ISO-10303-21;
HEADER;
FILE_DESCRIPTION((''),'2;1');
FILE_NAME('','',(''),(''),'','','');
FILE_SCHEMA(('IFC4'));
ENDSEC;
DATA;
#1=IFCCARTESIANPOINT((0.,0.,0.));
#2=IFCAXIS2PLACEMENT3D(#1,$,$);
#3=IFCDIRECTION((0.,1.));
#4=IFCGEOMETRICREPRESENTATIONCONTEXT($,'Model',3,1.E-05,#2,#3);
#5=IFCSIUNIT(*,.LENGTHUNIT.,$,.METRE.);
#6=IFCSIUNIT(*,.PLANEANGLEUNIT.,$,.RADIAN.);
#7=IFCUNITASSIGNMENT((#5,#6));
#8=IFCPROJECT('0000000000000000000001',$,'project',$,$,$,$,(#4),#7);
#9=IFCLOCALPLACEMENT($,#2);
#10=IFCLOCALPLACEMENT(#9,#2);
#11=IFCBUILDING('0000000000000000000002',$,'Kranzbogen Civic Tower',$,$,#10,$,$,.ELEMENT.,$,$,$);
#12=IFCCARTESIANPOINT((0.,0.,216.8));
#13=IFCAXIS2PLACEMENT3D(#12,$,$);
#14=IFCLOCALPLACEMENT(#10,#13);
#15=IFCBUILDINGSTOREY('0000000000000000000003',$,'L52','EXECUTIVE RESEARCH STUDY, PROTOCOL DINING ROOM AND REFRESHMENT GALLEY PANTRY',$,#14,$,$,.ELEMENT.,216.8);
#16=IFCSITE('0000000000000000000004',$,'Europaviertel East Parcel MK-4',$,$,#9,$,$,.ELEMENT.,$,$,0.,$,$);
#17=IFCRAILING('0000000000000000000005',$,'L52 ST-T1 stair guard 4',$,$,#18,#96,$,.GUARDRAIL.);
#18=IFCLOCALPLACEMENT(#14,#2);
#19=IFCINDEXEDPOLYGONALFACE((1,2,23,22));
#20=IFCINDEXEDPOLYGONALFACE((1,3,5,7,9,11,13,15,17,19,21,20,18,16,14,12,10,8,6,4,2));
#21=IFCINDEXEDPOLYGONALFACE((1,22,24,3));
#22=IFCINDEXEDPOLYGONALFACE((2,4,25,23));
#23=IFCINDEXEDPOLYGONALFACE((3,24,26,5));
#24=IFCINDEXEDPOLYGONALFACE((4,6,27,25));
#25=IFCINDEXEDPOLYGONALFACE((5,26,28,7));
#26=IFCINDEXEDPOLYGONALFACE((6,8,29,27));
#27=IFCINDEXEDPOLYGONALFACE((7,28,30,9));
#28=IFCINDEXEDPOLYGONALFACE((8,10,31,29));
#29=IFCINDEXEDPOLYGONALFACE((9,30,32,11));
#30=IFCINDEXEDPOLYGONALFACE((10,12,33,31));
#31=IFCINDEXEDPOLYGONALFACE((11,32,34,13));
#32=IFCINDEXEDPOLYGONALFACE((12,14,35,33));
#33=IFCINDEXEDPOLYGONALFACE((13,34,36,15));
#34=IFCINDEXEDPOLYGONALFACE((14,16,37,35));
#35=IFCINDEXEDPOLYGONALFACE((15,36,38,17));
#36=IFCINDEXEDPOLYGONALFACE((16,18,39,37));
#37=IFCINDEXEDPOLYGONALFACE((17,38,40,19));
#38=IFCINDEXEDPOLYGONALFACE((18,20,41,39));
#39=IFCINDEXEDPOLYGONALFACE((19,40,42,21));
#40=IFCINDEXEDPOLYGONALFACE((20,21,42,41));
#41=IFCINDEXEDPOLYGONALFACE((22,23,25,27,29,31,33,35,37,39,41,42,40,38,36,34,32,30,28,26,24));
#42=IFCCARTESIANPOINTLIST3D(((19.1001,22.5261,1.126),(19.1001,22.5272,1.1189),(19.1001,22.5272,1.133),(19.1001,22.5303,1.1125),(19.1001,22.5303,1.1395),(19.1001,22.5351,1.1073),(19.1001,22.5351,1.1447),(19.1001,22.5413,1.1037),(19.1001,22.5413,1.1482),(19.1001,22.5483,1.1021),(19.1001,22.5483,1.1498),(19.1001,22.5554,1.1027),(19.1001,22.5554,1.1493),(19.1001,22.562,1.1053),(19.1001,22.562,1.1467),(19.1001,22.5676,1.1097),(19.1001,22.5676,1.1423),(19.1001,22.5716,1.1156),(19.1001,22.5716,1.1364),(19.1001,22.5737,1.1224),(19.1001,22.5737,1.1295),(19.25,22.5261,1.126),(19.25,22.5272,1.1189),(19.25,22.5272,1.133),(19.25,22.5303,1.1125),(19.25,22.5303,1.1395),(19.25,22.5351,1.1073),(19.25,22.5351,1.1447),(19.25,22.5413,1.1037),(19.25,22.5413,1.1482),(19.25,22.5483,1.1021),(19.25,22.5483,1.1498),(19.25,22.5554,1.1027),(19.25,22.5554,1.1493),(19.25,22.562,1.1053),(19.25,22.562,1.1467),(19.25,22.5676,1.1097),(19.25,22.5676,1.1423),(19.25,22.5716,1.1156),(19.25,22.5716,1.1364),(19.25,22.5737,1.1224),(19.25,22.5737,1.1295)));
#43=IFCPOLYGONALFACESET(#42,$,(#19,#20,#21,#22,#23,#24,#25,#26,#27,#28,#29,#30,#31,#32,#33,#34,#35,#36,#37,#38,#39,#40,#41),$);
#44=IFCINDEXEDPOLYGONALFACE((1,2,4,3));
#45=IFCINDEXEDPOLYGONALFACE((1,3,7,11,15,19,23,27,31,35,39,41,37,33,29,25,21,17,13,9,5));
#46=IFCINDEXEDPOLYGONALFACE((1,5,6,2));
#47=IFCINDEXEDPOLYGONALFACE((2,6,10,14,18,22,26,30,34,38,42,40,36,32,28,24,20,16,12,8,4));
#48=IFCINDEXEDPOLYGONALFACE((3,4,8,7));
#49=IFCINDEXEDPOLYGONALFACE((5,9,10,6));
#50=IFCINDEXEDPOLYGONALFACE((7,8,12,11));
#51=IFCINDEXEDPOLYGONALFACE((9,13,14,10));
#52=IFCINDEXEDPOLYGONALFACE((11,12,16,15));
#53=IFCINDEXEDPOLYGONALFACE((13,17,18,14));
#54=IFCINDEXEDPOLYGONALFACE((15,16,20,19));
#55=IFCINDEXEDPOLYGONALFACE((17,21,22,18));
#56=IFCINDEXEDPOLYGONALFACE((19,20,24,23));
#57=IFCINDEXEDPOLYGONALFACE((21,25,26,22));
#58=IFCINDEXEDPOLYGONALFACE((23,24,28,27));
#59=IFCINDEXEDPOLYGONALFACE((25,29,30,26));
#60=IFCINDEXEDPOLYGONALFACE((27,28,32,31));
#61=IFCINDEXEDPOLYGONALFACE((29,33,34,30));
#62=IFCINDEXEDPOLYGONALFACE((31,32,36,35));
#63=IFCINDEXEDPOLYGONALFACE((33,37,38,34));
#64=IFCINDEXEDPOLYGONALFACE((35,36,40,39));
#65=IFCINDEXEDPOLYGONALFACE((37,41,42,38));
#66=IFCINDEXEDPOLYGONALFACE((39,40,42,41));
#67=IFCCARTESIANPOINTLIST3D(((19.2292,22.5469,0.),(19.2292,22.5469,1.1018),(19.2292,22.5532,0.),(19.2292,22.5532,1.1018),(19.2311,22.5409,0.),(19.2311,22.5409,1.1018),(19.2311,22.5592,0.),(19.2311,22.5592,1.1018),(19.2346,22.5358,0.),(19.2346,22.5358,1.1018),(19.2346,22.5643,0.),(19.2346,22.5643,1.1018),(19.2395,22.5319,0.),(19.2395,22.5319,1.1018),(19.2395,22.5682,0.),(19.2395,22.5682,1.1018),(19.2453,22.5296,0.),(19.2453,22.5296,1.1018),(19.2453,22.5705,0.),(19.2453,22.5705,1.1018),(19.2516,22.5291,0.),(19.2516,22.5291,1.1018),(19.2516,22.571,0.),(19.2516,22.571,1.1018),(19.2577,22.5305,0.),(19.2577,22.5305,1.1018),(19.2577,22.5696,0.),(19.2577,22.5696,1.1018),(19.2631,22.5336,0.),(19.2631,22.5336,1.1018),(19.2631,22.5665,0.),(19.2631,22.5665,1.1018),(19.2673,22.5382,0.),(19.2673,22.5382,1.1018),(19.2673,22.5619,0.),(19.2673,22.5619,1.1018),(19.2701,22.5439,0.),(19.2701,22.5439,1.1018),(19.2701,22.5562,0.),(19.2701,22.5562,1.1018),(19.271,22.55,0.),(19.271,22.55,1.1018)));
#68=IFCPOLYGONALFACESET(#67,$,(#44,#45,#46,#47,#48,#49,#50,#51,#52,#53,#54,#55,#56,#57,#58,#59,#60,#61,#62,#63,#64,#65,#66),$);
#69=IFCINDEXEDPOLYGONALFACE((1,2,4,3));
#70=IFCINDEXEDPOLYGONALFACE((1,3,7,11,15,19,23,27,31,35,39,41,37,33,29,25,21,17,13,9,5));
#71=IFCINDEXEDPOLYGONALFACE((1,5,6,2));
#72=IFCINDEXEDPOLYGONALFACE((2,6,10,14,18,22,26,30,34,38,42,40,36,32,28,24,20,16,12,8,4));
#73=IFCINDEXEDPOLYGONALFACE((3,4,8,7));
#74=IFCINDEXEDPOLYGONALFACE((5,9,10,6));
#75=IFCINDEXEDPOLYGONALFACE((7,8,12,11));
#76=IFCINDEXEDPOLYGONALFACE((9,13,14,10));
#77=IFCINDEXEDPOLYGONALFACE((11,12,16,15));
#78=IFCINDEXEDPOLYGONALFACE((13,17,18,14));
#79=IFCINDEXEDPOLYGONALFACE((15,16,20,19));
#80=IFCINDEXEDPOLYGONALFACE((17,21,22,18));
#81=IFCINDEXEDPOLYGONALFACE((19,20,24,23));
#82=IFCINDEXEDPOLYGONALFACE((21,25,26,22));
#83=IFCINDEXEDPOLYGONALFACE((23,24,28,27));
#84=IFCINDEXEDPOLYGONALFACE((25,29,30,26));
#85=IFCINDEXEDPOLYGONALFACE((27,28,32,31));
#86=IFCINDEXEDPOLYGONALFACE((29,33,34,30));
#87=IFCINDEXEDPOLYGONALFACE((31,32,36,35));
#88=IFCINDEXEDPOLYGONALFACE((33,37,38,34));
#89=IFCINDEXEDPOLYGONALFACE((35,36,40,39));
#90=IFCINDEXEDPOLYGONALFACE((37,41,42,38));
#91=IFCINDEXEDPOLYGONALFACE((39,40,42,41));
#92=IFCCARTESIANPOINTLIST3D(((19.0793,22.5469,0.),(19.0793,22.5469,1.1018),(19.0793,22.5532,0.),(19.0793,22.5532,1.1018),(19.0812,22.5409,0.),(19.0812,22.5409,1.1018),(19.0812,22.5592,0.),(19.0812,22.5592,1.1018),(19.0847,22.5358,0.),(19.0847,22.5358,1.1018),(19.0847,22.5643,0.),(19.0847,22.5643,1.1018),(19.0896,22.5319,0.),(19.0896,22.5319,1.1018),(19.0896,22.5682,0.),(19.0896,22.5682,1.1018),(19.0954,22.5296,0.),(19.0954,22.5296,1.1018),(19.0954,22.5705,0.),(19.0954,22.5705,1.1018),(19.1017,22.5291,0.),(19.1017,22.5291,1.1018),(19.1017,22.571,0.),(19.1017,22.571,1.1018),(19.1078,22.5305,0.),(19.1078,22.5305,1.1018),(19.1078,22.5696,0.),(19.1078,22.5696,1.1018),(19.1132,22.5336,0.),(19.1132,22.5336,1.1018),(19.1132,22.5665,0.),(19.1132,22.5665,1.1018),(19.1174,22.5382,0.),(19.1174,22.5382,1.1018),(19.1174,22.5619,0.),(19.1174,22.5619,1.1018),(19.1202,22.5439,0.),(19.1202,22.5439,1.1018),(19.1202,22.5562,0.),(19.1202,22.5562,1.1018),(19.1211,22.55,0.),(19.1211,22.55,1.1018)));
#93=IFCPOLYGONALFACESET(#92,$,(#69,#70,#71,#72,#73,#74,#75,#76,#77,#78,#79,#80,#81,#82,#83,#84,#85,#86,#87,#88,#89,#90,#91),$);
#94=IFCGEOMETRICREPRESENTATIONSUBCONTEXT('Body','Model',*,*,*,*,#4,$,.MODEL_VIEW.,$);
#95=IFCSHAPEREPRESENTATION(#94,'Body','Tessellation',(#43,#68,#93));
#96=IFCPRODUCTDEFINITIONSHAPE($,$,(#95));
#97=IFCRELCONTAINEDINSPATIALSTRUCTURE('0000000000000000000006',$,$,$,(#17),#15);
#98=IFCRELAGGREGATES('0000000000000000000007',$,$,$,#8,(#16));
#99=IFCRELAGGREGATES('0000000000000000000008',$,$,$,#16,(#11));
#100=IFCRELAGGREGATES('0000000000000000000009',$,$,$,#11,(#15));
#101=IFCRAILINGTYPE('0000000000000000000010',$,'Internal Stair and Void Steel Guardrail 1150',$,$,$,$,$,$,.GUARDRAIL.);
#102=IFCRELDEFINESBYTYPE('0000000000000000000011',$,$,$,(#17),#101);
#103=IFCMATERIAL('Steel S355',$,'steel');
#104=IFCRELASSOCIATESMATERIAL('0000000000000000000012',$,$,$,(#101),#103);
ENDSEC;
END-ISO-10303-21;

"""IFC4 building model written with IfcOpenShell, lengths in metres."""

from ifc_helpers import new_model, si_unit, direction, frame, origin, origin_2d, place, context, subcontext, project, spatial, circle, extrude, material, type_object, element, save


model = new_model("IFC4")

# Units and contexts
model_context = context("Model", 3, precision=1e-05, world=origin(), true_north=direction((0.0, 1.0)))
body_context = subcontext(model_context, "Body", "Model", "MODEL_VIEW")
ifc_project = project(units=[si_unit("LENGTHUNIT", "METRE"), si_unit("PLANEANGLEUNIT", "RADIAN")], contexts=[model_context])

# Site, building, storey
site_placement = place(None, origin())
site = spatial("IfcSite", under=ifc_project, at=site_placement, Name="Europaviertel East Parcel MK-4", CompositionType="ELEMENT", RefElevation=0.0)
building_placement = place(site_placement, origin())
building = spatial("IfcBuilding", under=site, at=building_placement, Name="Kranzbogen Civic Tower", CompositionType="ELEMENT")
storey_placement = place(building_placement, frame((0.0, 0.0, 216.8)))
storey = spatial("IfcBuildingStorey", under=building, at=storey_placement, Name="L52", Description="EXECUTIVE RESEARCH STUDY, PROTOCOL DINING ROOM AND REFRESHMENT GALLEY PANTRY", CompositionType="ELEMENT", Elevation=216.8)

# Shared definitions
ifc_material_1 = material(Name="Steel S355", Category="steel")

# Railing
railing_type = type_object("IfcRailingType", Name="Internal Stair and Void Steel Guardrail 1150", PredefinedType="GUARDRAIL", material=ifc_material_1)
railing_1_placement = place(storey_placement, frame((19.25, 22.55, 0.0)))
element("IfcRailing", 1, at=railing_1_placement, inside=storey, type_object=railing_type, Name="L52 ST-T1 stair guard 4", PredefinedType="GUARDRAIL", context=body_context, shape_type="SweptSolid", body=[
    extrude(circle(Radius=0.0239, at=origin_2d()), frame((0.0, 0.0, 1.126), z_axis=(-1.0, 0.0, 0.0), x_axis=(0.0, -1.0, 0.0)), (0.0, 0.0, 1.0), 0.1499),
    extrude(circle(Radius=0.021, at=origin_2d()), origin(), (0.0, 0.0, 1.0), 1.1018),
    extrude(circle(Radius=0.021, at=origin_2d()), frame((-0.1499, 0.0, 0.0)), (0.0, 0.0, 1.0), 1.1018),
])

save(model, "model.ifc")
